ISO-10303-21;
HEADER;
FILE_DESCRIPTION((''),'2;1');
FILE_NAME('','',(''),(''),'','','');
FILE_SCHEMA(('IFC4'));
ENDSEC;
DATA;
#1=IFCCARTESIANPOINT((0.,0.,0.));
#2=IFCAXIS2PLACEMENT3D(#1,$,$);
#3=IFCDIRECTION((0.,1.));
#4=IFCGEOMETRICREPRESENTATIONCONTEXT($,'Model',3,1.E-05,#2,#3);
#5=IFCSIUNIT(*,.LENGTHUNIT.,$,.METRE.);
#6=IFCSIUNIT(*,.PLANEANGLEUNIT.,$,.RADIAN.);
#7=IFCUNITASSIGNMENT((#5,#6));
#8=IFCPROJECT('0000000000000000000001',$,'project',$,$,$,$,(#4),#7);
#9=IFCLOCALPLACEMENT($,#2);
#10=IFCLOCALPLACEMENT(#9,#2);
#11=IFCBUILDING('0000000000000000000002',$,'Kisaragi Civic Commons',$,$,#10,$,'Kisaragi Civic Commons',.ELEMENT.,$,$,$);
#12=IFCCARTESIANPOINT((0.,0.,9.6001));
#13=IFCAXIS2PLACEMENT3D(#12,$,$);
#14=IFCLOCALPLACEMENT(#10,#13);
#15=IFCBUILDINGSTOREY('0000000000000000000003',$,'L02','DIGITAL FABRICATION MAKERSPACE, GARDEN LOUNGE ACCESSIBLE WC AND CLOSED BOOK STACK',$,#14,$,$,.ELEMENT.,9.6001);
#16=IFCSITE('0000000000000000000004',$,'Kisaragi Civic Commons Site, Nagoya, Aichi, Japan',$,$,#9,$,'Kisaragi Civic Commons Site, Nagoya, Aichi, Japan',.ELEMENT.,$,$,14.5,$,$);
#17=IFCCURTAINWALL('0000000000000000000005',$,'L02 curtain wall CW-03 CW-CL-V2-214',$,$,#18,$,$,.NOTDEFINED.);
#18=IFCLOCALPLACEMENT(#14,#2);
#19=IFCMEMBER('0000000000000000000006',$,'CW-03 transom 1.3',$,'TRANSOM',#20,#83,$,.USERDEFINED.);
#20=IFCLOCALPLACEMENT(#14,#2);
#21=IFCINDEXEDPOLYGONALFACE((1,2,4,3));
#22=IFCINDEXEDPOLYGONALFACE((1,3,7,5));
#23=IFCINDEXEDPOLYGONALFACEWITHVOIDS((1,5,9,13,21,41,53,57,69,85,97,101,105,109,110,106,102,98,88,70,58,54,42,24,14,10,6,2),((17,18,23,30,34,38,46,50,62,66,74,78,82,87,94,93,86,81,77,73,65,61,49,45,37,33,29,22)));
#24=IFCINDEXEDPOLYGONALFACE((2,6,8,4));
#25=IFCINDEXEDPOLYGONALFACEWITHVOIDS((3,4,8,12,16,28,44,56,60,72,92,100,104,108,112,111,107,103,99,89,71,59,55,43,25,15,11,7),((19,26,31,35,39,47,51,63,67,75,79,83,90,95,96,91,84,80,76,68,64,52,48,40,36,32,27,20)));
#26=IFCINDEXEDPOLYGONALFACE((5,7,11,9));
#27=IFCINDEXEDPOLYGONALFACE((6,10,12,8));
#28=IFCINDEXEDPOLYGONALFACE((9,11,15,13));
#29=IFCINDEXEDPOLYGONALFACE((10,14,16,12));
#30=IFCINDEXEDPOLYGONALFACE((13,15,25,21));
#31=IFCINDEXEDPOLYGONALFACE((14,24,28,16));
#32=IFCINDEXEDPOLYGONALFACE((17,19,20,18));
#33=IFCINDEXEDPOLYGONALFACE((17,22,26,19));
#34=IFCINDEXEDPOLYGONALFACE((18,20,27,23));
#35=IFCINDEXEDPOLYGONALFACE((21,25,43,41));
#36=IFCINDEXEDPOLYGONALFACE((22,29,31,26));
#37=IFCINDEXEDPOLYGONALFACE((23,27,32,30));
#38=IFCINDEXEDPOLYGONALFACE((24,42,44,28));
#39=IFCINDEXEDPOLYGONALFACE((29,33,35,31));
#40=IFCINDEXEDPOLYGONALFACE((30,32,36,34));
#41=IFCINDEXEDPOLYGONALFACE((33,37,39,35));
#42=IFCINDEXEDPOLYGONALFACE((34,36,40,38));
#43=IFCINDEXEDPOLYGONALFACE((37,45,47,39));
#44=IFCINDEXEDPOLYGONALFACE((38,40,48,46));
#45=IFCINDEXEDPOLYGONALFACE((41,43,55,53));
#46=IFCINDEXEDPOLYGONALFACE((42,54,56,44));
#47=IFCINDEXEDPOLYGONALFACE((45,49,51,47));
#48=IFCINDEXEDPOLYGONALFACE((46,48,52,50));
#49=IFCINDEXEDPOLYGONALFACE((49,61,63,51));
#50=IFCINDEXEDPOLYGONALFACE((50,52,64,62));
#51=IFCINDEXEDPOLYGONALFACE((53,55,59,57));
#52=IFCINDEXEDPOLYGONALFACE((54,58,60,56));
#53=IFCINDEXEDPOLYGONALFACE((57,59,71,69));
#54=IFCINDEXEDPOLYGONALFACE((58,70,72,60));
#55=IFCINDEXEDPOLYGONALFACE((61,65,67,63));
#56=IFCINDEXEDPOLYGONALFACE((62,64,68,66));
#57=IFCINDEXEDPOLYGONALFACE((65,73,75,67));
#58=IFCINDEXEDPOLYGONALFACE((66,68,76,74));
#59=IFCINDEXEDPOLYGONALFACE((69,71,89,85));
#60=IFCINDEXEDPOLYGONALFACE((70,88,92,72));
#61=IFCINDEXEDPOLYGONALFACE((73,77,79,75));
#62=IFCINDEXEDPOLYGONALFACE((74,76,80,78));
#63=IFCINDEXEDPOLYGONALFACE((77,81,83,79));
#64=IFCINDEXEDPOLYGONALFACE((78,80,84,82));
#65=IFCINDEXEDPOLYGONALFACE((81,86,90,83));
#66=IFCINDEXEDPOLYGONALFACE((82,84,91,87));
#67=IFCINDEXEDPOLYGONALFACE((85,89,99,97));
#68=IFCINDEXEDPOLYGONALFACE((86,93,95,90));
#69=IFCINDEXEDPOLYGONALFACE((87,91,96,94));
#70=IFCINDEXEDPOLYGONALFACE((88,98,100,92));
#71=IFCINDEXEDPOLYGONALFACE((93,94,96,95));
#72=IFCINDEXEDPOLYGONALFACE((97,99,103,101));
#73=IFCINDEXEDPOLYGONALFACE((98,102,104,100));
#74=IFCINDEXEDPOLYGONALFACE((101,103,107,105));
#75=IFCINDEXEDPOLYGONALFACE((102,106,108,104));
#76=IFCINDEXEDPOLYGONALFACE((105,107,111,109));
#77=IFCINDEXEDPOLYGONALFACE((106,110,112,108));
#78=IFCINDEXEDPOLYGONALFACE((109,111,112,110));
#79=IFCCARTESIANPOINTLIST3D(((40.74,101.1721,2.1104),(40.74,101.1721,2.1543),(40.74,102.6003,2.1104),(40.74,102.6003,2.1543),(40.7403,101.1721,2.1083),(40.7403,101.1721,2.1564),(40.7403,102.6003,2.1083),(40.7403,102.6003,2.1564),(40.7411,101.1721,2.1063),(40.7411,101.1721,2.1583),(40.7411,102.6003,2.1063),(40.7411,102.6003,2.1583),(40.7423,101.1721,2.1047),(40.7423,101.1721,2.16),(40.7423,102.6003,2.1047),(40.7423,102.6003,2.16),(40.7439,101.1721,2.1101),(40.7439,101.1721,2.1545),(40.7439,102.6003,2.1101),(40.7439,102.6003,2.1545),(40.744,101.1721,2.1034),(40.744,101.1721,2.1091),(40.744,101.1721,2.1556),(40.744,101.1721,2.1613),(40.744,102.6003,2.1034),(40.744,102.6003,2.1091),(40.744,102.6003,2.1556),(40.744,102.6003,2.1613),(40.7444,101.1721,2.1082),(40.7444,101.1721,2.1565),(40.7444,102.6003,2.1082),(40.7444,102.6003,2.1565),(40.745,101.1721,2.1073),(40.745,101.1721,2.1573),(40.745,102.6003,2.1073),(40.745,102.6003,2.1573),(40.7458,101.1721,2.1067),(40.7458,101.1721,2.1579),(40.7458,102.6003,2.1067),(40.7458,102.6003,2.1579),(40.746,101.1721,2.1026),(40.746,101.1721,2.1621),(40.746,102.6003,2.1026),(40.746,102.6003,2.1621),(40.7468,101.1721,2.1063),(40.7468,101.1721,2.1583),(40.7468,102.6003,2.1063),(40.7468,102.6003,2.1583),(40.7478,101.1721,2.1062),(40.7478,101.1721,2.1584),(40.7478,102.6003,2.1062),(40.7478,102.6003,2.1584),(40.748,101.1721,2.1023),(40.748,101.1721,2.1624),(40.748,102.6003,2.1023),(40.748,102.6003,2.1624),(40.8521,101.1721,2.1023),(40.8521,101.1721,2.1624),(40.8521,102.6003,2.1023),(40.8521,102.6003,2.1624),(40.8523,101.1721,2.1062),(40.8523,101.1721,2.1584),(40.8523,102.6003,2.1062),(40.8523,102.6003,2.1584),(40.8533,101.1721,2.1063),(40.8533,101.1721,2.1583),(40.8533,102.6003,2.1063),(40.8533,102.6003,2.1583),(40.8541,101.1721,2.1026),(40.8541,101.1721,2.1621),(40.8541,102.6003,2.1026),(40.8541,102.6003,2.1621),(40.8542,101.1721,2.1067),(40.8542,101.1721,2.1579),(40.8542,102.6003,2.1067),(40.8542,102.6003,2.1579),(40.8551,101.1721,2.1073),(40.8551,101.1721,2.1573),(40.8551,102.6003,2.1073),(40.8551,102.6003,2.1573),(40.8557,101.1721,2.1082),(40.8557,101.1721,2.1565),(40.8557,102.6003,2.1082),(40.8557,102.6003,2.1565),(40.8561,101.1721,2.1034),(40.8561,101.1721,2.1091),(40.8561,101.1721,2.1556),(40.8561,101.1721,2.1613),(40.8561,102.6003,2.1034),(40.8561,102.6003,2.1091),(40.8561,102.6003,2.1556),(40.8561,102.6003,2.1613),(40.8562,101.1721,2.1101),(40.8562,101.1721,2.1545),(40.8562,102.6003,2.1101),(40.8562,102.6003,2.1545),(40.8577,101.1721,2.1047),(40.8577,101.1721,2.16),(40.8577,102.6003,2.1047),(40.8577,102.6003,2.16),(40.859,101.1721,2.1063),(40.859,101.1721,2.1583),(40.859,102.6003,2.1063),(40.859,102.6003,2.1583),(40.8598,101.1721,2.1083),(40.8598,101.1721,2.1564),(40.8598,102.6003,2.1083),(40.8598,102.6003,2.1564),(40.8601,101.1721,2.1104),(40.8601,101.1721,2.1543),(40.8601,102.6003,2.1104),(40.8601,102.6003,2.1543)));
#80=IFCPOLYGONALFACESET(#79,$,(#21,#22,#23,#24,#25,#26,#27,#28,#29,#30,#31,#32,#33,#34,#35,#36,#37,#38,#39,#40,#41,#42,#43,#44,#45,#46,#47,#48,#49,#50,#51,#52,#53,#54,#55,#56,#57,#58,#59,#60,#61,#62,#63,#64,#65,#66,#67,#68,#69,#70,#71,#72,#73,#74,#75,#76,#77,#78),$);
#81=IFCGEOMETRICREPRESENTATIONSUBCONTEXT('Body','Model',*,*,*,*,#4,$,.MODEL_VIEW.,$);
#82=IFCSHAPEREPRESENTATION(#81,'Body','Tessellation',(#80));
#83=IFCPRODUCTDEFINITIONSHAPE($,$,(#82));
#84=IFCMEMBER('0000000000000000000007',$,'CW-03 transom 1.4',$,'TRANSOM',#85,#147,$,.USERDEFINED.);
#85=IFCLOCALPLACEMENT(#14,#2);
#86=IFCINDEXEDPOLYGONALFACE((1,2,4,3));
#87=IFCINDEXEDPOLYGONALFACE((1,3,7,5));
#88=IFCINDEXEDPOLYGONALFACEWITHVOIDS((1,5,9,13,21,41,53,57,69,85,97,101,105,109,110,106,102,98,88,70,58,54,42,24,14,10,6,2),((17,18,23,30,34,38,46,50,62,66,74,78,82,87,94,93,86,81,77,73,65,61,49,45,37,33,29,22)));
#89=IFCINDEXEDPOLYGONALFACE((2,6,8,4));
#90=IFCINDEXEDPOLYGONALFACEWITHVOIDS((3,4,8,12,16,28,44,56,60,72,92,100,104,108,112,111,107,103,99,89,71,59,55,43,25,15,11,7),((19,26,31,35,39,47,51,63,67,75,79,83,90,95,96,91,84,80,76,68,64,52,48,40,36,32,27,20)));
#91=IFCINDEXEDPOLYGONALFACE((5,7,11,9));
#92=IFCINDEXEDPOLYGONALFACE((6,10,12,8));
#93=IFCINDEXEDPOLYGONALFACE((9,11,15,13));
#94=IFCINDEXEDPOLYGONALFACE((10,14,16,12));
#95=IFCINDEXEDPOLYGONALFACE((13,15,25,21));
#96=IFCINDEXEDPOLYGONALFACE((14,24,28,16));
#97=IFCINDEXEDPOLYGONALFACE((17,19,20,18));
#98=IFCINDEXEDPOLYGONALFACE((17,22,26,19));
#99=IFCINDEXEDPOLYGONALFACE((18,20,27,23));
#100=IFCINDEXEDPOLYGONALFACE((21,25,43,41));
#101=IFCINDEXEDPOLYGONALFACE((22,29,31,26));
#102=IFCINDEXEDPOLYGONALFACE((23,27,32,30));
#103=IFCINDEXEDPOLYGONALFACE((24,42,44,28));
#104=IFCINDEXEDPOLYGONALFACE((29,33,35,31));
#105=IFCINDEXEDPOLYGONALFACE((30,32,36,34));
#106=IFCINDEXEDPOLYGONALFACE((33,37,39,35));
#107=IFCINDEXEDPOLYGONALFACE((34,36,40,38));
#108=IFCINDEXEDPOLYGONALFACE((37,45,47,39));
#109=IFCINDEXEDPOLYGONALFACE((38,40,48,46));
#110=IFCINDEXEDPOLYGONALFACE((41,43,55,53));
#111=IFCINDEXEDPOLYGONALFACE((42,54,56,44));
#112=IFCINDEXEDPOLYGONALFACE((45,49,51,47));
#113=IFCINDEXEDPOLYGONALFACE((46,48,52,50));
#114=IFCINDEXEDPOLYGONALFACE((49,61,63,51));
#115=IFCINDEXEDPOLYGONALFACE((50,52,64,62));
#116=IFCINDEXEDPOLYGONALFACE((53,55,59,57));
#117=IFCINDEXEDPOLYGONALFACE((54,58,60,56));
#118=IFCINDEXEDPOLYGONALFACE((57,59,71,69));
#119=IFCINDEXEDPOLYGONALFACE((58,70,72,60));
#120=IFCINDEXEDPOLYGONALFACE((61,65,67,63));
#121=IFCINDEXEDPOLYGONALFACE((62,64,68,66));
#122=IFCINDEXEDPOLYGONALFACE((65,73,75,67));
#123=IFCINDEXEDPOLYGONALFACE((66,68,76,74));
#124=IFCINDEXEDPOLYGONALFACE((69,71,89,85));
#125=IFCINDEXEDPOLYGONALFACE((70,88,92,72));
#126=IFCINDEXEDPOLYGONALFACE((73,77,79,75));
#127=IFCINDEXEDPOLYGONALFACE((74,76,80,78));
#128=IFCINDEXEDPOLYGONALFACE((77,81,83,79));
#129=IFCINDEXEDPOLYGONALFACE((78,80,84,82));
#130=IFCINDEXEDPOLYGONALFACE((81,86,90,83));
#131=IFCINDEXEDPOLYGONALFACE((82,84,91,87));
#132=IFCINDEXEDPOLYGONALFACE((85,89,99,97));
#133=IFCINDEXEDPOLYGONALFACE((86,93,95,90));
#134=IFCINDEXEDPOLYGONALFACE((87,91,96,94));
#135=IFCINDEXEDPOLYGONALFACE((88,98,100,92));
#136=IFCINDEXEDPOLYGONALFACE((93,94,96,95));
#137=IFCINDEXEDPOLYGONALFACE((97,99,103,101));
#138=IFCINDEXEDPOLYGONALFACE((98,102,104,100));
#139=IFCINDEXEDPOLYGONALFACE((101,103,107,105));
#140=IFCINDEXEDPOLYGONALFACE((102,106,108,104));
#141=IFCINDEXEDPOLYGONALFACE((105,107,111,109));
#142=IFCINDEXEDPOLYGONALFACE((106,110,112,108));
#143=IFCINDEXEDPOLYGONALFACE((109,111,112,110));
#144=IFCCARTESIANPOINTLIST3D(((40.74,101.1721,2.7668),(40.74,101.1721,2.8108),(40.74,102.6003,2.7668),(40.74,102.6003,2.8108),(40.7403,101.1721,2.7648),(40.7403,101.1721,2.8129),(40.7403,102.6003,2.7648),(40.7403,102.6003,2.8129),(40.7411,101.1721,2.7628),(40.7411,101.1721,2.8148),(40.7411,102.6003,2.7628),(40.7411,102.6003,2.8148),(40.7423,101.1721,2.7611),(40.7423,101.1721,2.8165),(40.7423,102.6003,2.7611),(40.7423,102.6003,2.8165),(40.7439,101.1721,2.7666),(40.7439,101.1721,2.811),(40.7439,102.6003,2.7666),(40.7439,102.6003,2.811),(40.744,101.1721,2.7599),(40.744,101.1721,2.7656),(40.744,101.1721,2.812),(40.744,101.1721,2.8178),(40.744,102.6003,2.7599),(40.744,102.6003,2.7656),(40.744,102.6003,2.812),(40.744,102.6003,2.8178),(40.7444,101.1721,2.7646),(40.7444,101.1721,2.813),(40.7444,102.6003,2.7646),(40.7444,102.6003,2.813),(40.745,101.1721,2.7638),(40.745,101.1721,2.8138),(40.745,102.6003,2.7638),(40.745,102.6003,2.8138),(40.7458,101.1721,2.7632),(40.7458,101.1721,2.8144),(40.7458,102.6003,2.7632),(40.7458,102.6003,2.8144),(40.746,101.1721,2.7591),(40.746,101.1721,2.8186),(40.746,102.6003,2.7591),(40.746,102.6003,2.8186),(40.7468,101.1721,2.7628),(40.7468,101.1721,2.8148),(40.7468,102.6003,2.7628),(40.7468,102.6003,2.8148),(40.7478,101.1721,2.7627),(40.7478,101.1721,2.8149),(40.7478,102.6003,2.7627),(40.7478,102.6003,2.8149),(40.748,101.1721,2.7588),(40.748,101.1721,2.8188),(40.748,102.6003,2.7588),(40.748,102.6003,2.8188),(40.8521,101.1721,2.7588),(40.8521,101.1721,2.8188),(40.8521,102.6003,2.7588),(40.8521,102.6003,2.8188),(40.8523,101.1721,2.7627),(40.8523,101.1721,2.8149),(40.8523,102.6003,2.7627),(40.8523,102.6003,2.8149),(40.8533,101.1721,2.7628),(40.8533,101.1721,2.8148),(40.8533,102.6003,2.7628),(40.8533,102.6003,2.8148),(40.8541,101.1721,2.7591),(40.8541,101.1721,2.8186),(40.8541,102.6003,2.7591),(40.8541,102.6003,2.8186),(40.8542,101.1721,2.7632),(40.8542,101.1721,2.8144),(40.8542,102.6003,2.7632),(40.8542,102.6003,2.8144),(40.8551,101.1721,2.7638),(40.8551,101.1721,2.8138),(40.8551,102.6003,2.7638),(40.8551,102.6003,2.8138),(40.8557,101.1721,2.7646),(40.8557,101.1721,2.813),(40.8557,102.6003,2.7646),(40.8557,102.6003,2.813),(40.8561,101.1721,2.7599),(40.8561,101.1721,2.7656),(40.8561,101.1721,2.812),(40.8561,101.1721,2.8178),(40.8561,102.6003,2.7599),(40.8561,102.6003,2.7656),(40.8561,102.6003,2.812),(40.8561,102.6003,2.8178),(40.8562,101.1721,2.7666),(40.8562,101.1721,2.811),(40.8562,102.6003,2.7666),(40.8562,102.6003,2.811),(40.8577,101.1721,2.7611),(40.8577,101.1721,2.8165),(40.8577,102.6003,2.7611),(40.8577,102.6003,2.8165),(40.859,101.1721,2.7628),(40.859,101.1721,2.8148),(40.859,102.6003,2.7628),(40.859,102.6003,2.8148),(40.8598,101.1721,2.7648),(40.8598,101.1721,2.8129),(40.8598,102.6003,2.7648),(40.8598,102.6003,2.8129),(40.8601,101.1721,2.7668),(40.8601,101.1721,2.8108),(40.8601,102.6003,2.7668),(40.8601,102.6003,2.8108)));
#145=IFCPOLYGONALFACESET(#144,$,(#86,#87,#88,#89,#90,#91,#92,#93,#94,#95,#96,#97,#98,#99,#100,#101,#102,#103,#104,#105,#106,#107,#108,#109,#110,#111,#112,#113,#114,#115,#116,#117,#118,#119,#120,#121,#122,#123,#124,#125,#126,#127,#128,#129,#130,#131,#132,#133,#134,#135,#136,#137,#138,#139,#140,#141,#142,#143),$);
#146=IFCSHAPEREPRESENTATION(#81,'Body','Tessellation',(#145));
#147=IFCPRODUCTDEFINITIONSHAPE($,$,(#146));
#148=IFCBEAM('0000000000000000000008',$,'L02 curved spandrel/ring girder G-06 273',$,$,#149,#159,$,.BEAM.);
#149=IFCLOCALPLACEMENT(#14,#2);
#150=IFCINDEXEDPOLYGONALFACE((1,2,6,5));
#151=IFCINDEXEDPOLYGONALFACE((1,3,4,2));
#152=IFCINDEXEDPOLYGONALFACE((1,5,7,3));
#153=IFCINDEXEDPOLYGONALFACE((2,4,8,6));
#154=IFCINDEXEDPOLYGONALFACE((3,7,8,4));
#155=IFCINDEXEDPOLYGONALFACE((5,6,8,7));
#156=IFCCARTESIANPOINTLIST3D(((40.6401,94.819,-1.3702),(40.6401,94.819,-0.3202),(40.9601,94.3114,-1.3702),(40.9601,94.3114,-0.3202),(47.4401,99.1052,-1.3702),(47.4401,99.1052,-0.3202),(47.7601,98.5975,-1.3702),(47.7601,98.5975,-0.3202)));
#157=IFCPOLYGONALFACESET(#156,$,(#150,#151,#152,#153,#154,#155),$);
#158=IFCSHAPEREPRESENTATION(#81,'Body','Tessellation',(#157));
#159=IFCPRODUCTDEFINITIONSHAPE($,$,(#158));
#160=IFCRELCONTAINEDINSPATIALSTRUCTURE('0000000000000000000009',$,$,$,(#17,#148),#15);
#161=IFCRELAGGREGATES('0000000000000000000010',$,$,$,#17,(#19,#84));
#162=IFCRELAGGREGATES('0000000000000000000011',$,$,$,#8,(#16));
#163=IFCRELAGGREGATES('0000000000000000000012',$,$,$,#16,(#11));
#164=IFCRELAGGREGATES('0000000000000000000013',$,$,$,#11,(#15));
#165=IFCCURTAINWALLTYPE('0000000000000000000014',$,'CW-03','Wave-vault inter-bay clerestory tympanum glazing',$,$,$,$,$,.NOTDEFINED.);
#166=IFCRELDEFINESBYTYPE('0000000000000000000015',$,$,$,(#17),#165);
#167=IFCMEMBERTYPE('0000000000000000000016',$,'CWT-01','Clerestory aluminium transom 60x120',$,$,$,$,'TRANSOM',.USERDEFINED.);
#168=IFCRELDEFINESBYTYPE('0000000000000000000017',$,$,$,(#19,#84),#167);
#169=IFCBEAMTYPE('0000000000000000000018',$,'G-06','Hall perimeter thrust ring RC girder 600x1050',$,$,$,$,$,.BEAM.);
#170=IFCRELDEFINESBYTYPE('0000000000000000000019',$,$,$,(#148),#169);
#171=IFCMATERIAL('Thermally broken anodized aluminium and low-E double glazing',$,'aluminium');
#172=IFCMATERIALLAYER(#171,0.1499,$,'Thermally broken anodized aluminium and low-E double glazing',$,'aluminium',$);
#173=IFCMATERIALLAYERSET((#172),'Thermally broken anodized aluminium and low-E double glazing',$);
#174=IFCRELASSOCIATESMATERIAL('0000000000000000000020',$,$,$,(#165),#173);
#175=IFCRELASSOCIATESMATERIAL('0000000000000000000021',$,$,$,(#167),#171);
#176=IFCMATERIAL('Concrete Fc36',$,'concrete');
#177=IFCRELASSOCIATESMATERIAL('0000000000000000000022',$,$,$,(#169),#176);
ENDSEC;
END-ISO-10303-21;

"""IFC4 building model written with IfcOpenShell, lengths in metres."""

from ifc_helpers import new_model, si_unit, direction, frame, origin, origin_2d, place, context, subcontext, project, spatial, rectangle, hollow_rectangle, extrude, material, layer, layer_set, material_profile, profile_set, type_object, element, aggregate, save


model = new_model("IFC4")

# Units and contexts
model_context = context("Model", 3, precision=1e-05, world=origin(), true_north=direction((0.0, 1.0)))
body_context = subcontext(model_context, "Body", "Model", "MODEL_VIEW")
ifc_project = project(units=[si_unit("LENGTHUNIT", "METRE"), si_unit("PLANEANGLEUNIT", "RADIAN")], contexts=[model_context])

# Site, building, storey
site_placement = place(None, origin())
site = spatial("IfcSite", under=ifc_project, at=site_placement, Name="Kisaragi Civic Commons Site, Nagoya, Aichi, Japan", LongName="Kisaragi Civic Commons Site, Nagoya, Aichi, Japan", CompositionType="ELEMENT", RefElevation=14.5)
building_placement = place(site_placement, origin())
building = spatial("IfcBuilding", under=site, at=building_placement, Name="Kisaragi Civic Commons", LongName="Kisaragi Civic Commons", CompositionType="ELEMENT")
storey_placement = place(building_placement, frame((0.0, 0.0, 9.6001)))
storey = spatial("IfcBuildingStorey", under=building, at=storey_placement, Name="L02", Description="DIGITAL FABRICATION MAKERSPACE, GARDEN LOUNGE ACCESSIBLE WC AND CLOSED BOOK STACK", CompositionType="ELEMENT", Elevation=9.6001)

# Curtain wall, members
ifc_material_1 = material(Name="Thermally broken anodized aluminium and low-E double glazing", Category="aluminium")
ifc_layer_1 = layer(ifc_material_1, 0.1499, Name="Thermally broken anodized aluminium and low-E double glazing", Category="aluminium")
ifc_layer_set_1 = layer_set([ifc_layer_1], Name="Thermally broken anodized aluminium and low-E double glazing")
curtain_wall_type = type_object("IfcCurtainWallType", Name="CW-03", Description="Wave-vault inter-bay clerestory tympanum glazing", PredefinedType="NOTDEFINED", material=ifc_layer_set_1)
curtain_wall_placement = place(storey_placement, origin())
curtain_wall = element("IfcCurtainWall", 1, at=curtain_wall_placement, inside=storey, type_object=curtain_wall_type, Name="L02 curtain wall CW-03 CW-CL-V2-214", PredefinedType="NOTDEFINED")
ifc_material_profile_1 = material_profile(ifc_material_1, hollow_rectangle(XDim=0.1201, YDim=0.0601, WallThickness=0.0039, InnerFilletRadius=0.0039, OuterFilletRadius=0.0081, at=origin_2d()), Name="CWT-60x120x4", Category="aluminium")
ifc_profile_set_1 = profile_set([ifc_material_profile_1], Name="Thermally broken anodized aluminium and low-E double glazing")
member_type_1 = type_object("IfcMemberType", Name="CWT-01", Description="Clerestory aluminium transom 60x120", ElementType="TRANSOM", PredefinedType="USERDEFINED", material=ifc_profile_set_1)
member_1_placement = place(storey_placement, frame((40.8, 101.1721, 2.1323), z_axis=(0.0, 1.0, 0.0), x_axis=(-1.0, 0.0, 0.0)))
member_1 = element("IfcMember", 2, at=member_1_placement, type_object=member_type_1, Name="CW-03 transom 1.3", ObjectType="TRANSOM", PredefinedType="USERDEFINED", context=body_context, shape_type="SweptSolid", body=[
    extrude(hollow_rectangle(XDim=0.1201, YDim=0.0601, WallThickness=0.0039, InnerFilletRadius=0.0039, OuterFilletRadius=0.0081, at=origin_2d()), origin(), (0.0, 0.0, 1.0), 1.4282),
])
member_2_placement = place(storey_placement, frame((40.8, 101.1721, 2.7888), z_axis=(0.0, 1.0, 0.0), x_axis=(-1.0, 0.0, 0.0)))
member_2 = element("IfcMember", 3, at=member_2_placement, type_object=member_type_1, Name="CW-03 transom 1.4", ObjectType="TRANSOM", PredefinedType="USERDEFINED", context=body_context, shape_type="SweptSolid", body=[
    extrude(hollow_rectangle(XDim=0.1201, YDim=0.0601, WallThickness=0.0039, InnerFilletRadius=0.0039, OuterFilletRadius=0.0081, at=origin_2d()), origin(), (0.0, 0.0, 1.0), 1.4282),
])

# Beam
ifc_material_2 = material(Name="Concrete Fc36", Category="concrete")
ifc_material_profile_2 = material_profile(ifc_material_2, rectangle(XDim=0.6001, YDim=1.05, at=origin_2d()), Name="RC-600x1050", Category="concrete")
ifc_profile_set_2 = profile_set([ifc_material_profile_2], Name="Concrete Fc36")
beam_type = type_object("IfcBeamType", Name="G-06", Description="Hall perimeter thrust ring RC girder 600x1050", PredefinedType="BEAM", material=ifc_profile_set_2)
beam_placement = place(storey_placement, frame((47.6001, 98.8513, -0.8452), z_axis=(-0.845974, -0.533225, 0.0), x_axis=(0.533225, -0.845974, 0.0)))
element("IfcBeam", 4, at=beam_placement, inside=storey, type_object=beam_type, Name="L02 curved spandrel/ring girder G-06 273", PredefinedType="BEAM", context=body_context, shape_type="SweptSolid", body=[
    extrude(rectangle(XDim=0.6001, YDim=1.05, at=origin_2d()), origin(), (0.0, 0.0, 1.0), 8.0381),
])

aggregate(curtain_wall, [member_1, member_2])

save(model, "model.ifc")
